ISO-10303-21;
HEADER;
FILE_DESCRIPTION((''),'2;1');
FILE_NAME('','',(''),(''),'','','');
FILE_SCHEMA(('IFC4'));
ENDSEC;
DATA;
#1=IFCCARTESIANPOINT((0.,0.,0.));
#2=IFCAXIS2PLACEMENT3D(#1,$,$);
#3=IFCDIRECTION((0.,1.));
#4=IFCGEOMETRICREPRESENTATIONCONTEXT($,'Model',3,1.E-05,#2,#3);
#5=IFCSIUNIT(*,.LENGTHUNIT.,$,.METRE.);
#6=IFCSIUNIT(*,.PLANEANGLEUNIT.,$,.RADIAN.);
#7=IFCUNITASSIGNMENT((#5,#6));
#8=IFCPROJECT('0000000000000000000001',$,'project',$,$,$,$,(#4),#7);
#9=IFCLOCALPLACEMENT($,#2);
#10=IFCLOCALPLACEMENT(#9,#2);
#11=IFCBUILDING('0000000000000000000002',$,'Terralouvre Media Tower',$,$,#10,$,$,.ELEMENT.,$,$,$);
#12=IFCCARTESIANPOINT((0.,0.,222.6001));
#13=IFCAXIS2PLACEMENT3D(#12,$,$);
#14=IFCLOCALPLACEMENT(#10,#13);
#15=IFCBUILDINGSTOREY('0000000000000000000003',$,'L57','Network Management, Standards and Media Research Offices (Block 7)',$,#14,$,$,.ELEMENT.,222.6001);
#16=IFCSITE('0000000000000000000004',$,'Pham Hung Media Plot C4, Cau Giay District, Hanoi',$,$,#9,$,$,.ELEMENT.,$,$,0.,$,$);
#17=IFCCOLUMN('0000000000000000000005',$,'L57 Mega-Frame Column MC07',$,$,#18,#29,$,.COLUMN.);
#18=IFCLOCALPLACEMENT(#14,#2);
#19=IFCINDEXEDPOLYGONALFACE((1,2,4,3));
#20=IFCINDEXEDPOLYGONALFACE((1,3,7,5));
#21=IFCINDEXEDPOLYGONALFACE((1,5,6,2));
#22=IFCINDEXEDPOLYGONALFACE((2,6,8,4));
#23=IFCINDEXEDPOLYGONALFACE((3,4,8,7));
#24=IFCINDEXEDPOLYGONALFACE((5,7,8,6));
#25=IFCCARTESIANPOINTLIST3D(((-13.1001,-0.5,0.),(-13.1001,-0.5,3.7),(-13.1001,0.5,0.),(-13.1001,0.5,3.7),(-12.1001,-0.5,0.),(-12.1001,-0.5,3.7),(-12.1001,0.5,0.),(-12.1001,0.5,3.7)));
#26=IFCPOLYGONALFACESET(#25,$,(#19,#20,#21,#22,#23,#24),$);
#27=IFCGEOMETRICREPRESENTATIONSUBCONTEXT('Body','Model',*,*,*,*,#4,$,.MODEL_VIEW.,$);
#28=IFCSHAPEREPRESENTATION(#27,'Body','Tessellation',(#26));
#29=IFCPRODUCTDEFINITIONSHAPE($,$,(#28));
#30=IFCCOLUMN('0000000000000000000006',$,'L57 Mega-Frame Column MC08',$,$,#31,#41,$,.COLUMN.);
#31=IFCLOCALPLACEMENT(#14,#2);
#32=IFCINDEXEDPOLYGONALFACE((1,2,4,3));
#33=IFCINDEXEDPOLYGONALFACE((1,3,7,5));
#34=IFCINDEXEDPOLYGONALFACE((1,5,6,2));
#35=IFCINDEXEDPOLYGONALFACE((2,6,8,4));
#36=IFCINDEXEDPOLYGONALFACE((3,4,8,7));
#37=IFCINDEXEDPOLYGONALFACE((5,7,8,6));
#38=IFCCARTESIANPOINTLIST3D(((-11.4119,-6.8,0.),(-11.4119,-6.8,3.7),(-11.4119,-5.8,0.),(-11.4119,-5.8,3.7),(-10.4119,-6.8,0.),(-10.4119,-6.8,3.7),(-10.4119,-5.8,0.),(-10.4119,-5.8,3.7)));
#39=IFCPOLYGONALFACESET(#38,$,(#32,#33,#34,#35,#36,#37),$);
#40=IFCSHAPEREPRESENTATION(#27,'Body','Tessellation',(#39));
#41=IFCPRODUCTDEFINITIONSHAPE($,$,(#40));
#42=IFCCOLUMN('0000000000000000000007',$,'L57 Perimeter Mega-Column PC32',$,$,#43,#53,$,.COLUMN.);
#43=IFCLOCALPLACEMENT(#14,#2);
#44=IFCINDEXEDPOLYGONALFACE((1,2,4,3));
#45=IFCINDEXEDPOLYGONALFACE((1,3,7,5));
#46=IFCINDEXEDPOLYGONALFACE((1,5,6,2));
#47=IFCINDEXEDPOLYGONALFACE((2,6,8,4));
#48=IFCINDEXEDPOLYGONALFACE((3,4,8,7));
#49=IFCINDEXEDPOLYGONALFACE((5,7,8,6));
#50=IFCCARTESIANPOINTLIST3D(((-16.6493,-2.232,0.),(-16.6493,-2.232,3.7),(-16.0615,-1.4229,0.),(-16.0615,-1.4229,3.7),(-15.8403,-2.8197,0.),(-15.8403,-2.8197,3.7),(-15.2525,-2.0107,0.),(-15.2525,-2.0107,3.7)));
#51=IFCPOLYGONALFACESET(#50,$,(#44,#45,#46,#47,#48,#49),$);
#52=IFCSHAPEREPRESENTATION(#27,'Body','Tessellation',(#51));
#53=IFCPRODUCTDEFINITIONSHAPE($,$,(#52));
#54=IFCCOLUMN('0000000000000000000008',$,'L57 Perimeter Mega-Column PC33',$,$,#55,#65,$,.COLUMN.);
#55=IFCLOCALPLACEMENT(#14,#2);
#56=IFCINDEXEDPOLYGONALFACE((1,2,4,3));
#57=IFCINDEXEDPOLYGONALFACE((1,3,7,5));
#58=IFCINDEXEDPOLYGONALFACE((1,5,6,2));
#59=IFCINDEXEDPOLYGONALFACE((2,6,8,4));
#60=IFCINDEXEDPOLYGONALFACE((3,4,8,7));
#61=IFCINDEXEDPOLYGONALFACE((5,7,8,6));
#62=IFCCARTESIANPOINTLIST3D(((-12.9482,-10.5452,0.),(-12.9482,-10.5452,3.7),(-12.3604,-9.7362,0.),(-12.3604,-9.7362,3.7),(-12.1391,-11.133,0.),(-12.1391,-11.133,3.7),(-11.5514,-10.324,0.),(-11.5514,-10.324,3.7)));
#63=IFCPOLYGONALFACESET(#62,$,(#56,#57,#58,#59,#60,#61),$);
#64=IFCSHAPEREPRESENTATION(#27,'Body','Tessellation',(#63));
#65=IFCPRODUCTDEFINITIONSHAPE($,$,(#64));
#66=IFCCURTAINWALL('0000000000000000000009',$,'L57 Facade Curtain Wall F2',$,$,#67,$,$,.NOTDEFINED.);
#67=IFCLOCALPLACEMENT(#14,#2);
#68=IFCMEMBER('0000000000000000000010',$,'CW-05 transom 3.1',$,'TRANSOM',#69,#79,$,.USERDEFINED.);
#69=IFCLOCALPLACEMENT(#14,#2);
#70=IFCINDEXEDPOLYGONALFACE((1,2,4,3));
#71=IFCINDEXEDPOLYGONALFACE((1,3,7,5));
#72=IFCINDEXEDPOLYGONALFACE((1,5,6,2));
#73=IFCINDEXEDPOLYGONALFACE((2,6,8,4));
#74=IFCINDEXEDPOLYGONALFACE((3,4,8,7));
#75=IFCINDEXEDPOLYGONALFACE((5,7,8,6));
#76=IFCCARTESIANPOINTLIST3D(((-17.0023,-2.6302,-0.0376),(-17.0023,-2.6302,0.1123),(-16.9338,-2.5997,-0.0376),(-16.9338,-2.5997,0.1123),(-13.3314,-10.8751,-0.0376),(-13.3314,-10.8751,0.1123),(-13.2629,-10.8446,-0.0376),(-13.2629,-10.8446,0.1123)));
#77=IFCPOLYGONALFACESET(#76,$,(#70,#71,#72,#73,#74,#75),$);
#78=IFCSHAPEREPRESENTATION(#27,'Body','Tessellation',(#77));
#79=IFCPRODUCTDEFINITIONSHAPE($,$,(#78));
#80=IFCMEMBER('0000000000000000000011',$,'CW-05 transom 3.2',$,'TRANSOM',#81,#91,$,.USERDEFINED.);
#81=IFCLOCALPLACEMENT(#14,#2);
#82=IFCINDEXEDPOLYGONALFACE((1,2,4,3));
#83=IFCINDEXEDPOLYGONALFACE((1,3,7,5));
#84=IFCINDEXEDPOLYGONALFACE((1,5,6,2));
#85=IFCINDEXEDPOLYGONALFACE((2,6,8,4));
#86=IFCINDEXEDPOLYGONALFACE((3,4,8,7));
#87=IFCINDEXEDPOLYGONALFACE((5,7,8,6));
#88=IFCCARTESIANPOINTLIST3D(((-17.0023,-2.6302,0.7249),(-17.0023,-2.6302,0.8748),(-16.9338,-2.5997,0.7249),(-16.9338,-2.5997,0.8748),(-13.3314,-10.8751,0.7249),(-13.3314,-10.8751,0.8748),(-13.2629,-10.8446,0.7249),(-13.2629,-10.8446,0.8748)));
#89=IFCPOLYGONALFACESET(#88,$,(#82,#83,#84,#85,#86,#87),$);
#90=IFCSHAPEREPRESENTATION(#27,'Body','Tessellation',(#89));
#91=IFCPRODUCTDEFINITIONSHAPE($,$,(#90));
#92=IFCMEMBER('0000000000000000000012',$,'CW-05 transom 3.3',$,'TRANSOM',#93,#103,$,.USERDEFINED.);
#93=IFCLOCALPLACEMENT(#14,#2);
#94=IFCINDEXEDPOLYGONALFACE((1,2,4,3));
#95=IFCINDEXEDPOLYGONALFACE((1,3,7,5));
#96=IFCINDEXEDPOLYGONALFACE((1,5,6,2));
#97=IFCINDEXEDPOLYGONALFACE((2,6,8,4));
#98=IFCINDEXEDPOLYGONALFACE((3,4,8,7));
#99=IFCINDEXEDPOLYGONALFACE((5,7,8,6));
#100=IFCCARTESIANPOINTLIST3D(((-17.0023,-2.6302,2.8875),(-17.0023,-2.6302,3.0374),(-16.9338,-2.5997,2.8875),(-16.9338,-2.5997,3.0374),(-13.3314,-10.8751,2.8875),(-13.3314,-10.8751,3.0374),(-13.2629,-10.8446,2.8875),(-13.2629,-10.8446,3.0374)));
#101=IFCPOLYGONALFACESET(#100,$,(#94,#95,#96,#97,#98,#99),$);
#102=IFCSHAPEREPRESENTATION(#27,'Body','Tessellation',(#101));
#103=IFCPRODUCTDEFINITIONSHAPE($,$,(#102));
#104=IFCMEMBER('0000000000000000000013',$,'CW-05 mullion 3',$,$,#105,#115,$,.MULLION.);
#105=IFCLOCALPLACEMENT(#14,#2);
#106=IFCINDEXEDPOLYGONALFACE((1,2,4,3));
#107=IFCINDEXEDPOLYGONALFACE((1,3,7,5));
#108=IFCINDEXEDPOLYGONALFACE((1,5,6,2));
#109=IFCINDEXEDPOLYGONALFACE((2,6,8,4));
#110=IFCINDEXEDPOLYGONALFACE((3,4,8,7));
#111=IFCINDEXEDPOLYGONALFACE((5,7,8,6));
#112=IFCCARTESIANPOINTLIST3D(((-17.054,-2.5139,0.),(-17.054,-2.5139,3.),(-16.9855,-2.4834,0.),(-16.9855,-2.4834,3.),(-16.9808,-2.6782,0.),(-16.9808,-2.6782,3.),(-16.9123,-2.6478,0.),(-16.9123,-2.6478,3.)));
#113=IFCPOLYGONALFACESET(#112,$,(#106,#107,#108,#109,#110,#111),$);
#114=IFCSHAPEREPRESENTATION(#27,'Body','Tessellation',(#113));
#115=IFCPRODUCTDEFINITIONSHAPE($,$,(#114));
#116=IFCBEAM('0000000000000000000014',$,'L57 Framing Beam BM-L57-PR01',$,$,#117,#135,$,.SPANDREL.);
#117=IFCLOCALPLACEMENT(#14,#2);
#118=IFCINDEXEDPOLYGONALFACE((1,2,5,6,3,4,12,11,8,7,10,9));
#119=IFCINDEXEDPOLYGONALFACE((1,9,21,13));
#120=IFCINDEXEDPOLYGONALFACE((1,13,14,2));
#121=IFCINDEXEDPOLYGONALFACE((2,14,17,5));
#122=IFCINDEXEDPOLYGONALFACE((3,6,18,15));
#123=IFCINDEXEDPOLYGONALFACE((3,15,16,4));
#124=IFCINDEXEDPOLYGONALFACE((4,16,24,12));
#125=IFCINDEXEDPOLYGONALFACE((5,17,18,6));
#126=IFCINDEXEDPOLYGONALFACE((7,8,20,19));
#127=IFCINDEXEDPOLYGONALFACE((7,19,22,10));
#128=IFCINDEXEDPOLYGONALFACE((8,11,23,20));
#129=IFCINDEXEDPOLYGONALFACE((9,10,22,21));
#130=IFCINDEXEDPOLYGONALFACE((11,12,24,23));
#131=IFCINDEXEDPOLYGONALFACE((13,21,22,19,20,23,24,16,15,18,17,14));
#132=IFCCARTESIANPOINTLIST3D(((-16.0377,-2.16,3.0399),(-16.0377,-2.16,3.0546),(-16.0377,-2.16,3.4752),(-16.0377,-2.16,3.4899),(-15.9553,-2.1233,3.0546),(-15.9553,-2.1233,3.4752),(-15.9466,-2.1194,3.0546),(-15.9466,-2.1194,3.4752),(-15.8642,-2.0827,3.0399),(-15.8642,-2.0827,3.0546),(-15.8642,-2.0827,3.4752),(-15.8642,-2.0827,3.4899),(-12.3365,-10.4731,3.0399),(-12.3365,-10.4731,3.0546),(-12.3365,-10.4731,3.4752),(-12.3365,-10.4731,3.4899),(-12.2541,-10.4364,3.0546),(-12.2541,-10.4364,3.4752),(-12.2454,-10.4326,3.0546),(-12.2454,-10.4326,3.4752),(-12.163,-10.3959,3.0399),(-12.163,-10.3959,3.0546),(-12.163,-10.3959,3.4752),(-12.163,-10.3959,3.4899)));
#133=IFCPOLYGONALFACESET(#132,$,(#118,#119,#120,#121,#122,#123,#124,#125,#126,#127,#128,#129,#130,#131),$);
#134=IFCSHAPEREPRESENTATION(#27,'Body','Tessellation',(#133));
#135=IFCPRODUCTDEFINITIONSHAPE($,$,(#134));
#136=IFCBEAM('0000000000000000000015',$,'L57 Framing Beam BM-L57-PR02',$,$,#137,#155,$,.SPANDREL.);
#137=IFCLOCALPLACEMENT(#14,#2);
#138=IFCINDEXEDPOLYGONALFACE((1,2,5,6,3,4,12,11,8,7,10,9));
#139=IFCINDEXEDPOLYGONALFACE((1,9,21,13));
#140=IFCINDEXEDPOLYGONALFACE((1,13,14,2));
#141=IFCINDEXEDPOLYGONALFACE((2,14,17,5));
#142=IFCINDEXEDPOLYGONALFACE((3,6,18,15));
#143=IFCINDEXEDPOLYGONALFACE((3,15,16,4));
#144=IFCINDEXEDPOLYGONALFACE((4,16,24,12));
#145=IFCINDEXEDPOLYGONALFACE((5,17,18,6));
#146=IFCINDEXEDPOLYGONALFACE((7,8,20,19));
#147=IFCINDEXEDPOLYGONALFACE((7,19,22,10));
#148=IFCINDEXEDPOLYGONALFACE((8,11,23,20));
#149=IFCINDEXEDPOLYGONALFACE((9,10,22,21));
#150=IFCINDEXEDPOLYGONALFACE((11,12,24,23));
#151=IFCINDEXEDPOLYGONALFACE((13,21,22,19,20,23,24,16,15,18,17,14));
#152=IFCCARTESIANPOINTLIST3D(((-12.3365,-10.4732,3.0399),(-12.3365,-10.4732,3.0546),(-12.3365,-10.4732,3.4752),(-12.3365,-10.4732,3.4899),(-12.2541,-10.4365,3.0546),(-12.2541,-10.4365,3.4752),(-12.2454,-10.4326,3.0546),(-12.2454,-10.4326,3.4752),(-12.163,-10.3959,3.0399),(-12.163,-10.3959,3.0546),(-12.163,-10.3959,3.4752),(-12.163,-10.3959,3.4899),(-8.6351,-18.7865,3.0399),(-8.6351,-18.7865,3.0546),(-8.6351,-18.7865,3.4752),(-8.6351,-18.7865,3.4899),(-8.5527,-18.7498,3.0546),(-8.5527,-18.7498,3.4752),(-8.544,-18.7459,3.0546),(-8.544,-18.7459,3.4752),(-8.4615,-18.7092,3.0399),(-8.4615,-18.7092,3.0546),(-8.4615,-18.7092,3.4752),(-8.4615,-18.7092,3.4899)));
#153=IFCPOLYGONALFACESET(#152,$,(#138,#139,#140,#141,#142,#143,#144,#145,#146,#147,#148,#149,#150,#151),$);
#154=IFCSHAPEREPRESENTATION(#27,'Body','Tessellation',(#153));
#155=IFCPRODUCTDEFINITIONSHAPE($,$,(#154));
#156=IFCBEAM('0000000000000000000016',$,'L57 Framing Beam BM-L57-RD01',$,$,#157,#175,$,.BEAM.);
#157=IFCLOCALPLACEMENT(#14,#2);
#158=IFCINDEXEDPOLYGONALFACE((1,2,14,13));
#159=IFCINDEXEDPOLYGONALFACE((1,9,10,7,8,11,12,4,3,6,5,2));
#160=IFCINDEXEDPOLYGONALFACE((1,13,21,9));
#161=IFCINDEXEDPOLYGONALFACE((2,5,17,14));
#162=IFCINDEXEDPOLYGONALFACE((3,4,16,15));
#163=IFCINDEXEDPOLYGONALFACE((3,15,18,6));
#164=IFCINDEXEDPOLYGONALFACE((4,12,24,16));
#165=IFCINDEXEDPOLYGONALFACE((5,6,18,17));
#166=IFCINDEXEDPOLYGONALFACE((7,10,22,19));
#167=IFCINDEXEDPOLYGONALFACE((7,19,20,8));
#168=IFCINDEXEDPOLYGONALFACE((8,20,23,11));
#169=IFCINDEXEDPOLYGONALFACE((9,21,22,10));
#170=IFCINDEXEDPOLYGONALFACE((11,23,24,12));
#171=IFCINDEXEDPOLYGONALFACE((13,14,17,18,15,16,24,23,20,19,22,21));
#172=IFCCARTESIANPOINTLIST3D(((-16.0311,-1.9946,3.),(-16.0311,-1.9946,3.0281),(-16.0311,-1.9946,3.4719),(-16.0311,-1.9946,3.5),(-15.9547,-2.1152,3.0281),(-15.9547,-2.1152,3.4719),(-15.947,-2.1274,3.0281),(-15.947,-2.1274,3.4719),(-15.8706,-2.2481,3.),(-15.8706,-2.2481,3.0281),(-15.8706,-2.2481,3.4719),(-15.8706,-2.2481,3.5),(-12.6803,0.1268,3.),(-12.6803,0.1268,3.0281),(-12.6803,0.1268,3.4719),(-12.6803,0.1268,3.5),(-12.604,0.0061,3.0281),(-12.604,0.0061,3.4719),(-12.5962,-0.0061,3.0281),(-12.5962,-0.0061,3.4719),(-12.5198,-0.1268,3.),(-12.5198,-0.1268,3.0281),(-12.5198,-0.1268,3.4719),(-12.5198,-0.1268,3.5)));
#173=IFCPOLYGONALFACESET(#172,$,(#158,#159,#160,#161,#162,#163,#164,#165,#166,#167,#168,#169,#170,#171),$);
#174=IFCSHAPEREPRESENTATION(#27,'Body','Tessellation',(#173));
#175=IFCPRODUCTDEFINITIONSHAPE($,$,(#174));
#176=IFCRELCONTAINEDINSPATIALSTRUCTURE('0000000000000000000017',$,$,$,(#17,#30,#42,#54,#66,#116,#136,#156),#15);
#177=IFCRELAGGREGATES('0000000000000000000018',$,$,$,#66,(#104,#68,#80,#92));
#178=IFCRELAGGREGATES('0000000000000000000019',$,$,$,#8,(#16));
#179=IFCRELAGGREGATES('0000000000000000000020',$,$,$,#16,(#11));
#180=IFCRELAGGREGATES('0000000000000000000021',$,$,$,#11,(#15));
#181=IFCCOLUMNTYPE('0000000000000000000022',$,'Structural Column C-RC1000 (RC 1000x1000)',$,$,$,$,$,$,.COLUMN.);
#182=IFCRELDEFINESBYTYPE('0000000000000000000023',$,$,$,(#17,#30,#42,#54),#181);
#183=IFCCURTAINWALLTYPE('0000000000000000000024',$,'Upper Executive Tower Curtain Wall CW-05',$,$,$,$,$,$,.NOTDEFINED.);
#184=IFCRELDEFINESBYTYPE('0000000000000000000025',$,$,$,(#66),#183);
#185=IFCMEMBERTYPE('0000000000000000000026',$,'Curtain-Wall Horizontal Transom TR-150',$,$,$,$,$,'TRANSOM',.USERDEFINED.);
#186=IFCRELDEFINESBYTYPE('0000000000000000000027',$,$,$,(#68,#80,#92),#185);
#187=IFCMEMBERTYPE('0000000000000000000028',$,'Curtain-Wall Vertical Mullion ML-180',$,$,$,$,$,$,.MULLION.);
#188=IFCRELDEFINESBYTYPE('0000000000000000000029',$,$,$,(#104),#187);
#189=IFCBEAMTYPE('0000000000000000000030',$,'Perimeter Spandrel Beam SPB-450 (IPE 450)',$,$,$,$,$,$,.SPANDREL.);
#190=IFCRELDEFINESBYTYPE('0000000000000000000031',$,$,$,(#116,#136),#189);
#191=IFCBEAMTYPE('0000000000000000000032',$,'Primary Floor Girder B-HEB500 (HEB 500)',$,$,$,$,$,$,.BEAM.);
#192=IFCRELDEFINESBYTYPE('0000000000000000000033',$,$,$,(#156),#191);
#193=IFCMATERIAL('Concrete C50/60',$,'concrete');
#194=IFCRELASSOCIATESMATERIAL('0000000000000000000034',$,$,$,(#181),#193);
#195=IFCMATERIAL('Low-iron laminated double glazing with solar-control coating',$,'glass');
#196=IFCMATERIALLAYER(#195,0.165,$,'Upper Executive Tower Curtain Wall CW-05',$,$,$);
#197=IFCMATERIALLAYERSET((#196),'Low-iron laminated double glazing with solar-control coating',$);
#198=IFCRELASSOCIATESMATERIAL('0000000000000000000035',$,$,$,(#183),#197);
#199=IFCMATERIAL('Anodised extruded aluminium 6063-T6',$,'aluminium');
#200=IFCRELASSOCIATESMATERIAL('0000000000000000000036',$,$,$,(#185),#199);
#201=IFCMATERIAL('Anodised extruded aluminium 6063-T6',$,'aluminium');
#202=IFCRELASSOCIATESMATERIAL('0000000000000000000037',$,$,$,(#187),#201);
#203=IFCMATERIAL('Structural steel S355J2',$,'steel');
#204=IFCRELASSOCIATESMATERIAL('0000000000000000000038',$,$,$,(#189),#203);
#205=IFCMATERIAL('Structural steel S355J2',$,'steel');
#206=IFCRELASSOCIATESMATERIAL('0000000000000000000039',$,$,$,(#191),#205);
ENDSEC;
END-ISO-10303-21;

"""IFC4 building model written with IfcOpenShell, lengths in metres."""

from ifc_helpers import new_model, si_unit, direction, frame, origin, origin_2d, place, context, subcontext, project, spatial, rectangle, i_section, extrude, material, layer, layer_set, material_profile, profile_set, type_object, element, aggregate, save


model = new_model("IFC4")

# Units and contexts
model_context = context("Model", 3, precision=1e-05, world=origin(), true_north=direction((0.0, 1.0)))
body_context = subcontext(model_context, "Body", "Model", "MODEL_VIEW")
ifc_project = project(units=[si_unit("LENGTHUNIT", "METRE"), si_unit("PLANEANGLEUNIT", "RADIAN")], contexts=[model_context])

# Site, building, storey
site_placement = place(None, origin())
site = spatial("IfcSite", under=ifc_project, at=site_placement, Name="Pham Hung Media Plot C4, Cau Giay District, Hanoi", CompositionType="ELEMENT", RefElevation=0.0)
building_placement = place(site_placement, origin())
building = spatial("IfcBuilding", under=site, at=building_placement, Name="Terralouvre Media Tower", CompositionType="ELEMENT")
storey_placement = place(building_placement, frame((0.0, 0.0, 222.6001)))
storey = spatial("IfcBuildingStorey", under=building, at=storey_placement, Name="L57", Description="Network Management, Standards and Media Research Offices (Block 7)", CompositionType="ELEMENT", Elevation=222.6001)

# Columns
ifc_material_1 = material(Name="Concrete C50/60", Category="concrete")
ifc_material_profile_1 = material_profile(ifc_material_1, rectangle(XDim=1.0, YDim=1.0, at=origin_2d()), Name="RC 1000x1000")
ifc_profile_set_1 = profile_set([ifc_material_profile_1], Name="Concrete C50/60")
column_type = type_object("IfcColumnType", Name="Structural Column C-RC1000 (RC 1000x1000)", PredefinedType="COLUMN", material=ifc_profile_set_1)
for number, where, z_axis, x_axis, name in (
    (1, (-12.6001, 0.0, 0.0), (0.0, 0.0, 1.0), (1.0, 0.0, 0.0), "L57 Mega-Frame Column MC07"),
    (2, (-10.9119, -6.3, 0.0), (0.0, 0.0, 1.0), (1.0, 0.0, 0.0), "L57 Mega-Frame Column MC08"),
    (3, (-15.9509, -2.1213, 0.0), (0.0, 0.0, 1.0), (0.587785, 0.809017, 0.0), "L57 Perimeter Mega-Column PC32"),
    (4, (-12.2498, -10.4346, 0.0), (0.0, 0.0, 1.0), (0.587785, 0.809017, 0.0), "L57 Perimeter Mega-Column PC33"),
):
    element("IfcColumn", number, at=place(storey_placement, frame(where, z_axis=z_axis, x_axis=x_axis)), inside=storey, type_object=column_type, Name=name, PredefinedType="COLUMN", context=body_context, shape_type="SweptSolid", body=[
        extrude(rectangle(XDim=1.0, YDim=1.0, at=origin_2d()), origin(), (0.0, 0.0, 1.0), 3.7),
    ])

# Curtain wall, members
ifc_material_2 = material(Name="Low-iron laminated double glazing with solar-control coating", Category="glass")
ifc_layer_1 = layer(ifc_material_2, 0.165, Name="Upper Executive Tower Curtain Wall CW-05")
ifc_layer_set_1 = layer_set([ifc_layer_1], Name="Low-iron laminated double glazing with solar-control coating")
curtain_wall_type = type_object("IfcCurtainWallType", Name="Upper Executive Tower Curtain Wall CW-05", PredefinedType="NOTDEFINED", material=ifc_layer_set_1)
curtain_wall_placement = place(storey_placement, origin())
curtain_wall = element("IfcCurtainWall", 5, at=curtain_wall_placement, inside=storey, type_object=curtain_wall_type, Name="L57 Facade Curtain Wall F2", PredefinedType="NOTDEFINED")
ifc_material_3 = material(Name="Anodised extruded aluminium 6063-T6", Category="aluminium")
ifc_material_profile_2 = material_profile(ifc_material_3, rectangle(XDim=0.075, YDim=0.1499, at=origin_2d()), Name="ALU 75x150")
ifc_profile_set_2 = profile_set([ifc_material_profile_2], Name="Anodised extruded aluminium 6063-T6")
member_type_1 = type_object("IfcMemberType", Name="Curtain-Wall Horizontal Transom TR-150", ElementType="TRANSOM", PredefinedType="USERDEFINED", material=ifc_profile_set_2)
member_1_placement = place(storey_placement, frame((-16.968, -2.615, 0.0374), z_axis=(0.406741, -0.913544, 0.0), x_axis=(0.913544, 0.406741, 0.0)))
member_1 = element("IfcMember", 6, at=member_1_placement, type_object=member_type_1, Name="CW-05 transom 3.1", ObjectType="TRANSOM", PredefinedType="USERDEFINED", context=body_context, shape_type="SweptSolid", body=[
    extrude(rectangle(XDim=0.075, YDim=0.1499, at=origin_2d()), origin(), (0.0, 0.0, 1.0), 9.0251),
])
member_2_placement = place(storey_placement, frame((-16.968, -2.615, 0.7998), z_axis=(0.406741, -0.913544, 0.0), x_axis=(0.913544, 0.406741, 0.0)))
member_2 = element("IfcMember", 7, at=member_2_placement, type_object=member_type_1, Name="CW-05 transom 3.2", ObjectType="TRANSOM", PredefinedType="USERDEFINED", context=body_context, shape_type="SweptSolid", body=[
    extrude(rectangle(XDim=0.075, YDim=0.1499, at=origin_2d()), origin(), (0.0, 0.0, 1.0), 9.0251),
])
member_3_placement = place(storey_placement, frame((-16.968, -2.615, 2.9624), z_axis=(0.406741, -0.913544, 0.0), x_axis=(0.913544, 0.406741, 0.0)))
member_3 = element("IfcMember", 8, at=member_3_placement, type_object=member_type_1, Name="CW-05 transom 3.3", ObjectType="TRANSOM", PredefinedType="USERDEFINED", context=body_context, shape_type="SweptSolid", body=[
    extrude(rectangle(XDim=0.075, YDim=0.1499, at=origin_2d()), origin(), (0.0, 0.0, 1.0), 9.0251),
])
ifc_material_4 = material(Name="Anodised extruded aluminium 6063-T6", Category="aluminium")
ifc_material_profile_3 = material_profile(ifc_material_4, rectangle(XDim=0.075, YDim=0.1799, at=origin_2d()), Name="ALU 75x180")
ifc_profile_set_3 = profile_set([ifc_material_profile_3], Name="Anodised extruded aluminium 6063-T6")
member_type_2 = type_object("IfcMemberType", Name="Curtain-Wall Vertical Mullion ML-180", PredefinedType="MULLION", material=ifc_profile_set_3)
member_4_placement = place(storey_placement, frame((-16.9832, -2.5808, 0.0), z_axis=(0.0, 0.0, 1.0), x_axis=(0.913545, 0.406737, 0.0)))
member_4 = element("IfcMember", 9, at=member_4_placement, type_object=member_type_2, Name="CW-05 mullion 3", PredefinedType="MULLION", context=body_context, shape_type="SweptSolid", body=[
    extrude(rectangle(XDim=0.075, YDim=0.1799, at=origin_2d()), origin(), (0.0, 0.0, 1.0), 3.0),
])

# Beams
ifc_material_5 = material(Name="Structural steel S355J2", Category="steel")
ifc_material_profile_4 = material_profile(ifc_material_5, i_section(OverallWidth=0.1899, OverallDepth=0.45, WebThickness=0.0095, FlangeThickness=0.0146, at=origin_2d()), Name="IPE 450")
ifc_profile_set_4 = profile_set([ifc_material_profile_4], Name="Structural steel S355J2")
beam_type_1 = type_object("IfcBeamType", Name="Perimeter Spandrel Beam SPB-450 (IPE 450)", PredefinedType="SPANDREL", material=ifc_profile_set_4)
beam_1_placement = place(storey_placement, frame((-15.9509, -2.1213, 3.2649), z_axis=(0.406726, -0.91355, 0.0), x_axis=(0.91355, 0.406726, 0.0)))
element("IfcBeam", 10, at=beam_1_placement, inside=storey, type_object=beam_type_1, Name="L57 Framing Beam BM-L57-PR01", PredefinedType="SPANDREL", context=body_context, shape_type="SweptSolid", body=[
    extrude(i_section(OverallWidth=0.1899, OverallDepth=0.45, WebThickness=0.0095, FlangeThickness=0.0146, at=origin_2d()), origin(), (0.0, 0.0, 1.0), 9.0999),
])
beam_2_placement = place(storey_placement, frame((-12.2498, -10.4346, 3.2649), z_axis=(0.406748, -0.91354, 0.0), x_axis=(0.91354, 0.406748, 0.0)))
element("IfcBeam", 11, at=beam_2_placement, inside=storey, type_object=beam_type_1, Name="L57 Framing Beam BM-L57-PR02", PredefinedType="SPANDREL", context=body_context, shape_type="SweptSolid", body=[
    extrude(i_section(OverallWidth=0.1899, OverallDepth=0.45, WebThickness=0.0095, FlangeThickness=0.0146, at=origin_2d()), origin(), (0.0, 0.0, 1.0), 9.1001),
])
ifc_material_6 = material(Name="Structural steel S355J2", Category="steel")
ifc_material_profile_5 = material_profile(ifc_material_6, i_section(OverallWidth=0.3, OverallDepth=0.5, WebThickness=0.0144, FlangeThickness=0.0281, at=origin_2d()), Name="HEB 500")
ifc_profile_set_5 = profile_set([ifc_material_profile_5], Name="Structural steel S355J2")
beam_type_2 = type_object("IfcBeamType", Name="Primary Floor Girder B-HEB500 (HEB 500)", PredefinedType="BEAM", material=ifc_profile_set_5)
beam_3_placement = place(storey_placement, frame((-12.6001, 0.0, 3.25), z_axis=(-0.844916, -0.534898, 0.0), x_axis=(0.534898, -0.844916, 0.0)))
element("IfcBeam", 12, at=beam_3_placement, inside=storey, type_object=beam_type_2, Name="L57 Framing Beam BM-L57-RD01", PredefinedType="BEAM", context=body_context, shape_type="SweptSolid", body=[
    extrude(i_section(OverallWidth=0.3, OverallDepth=0.5, WebThickness=0.0144, FlangeThickness=0.0281, at=origin_2d()), origin(), (0.0, 0.0, 1.0), 3.9658),
])

aggregate(curtain_wall, [member_4, member_1, member_2, member_3])

save(model, "model.ifc")
